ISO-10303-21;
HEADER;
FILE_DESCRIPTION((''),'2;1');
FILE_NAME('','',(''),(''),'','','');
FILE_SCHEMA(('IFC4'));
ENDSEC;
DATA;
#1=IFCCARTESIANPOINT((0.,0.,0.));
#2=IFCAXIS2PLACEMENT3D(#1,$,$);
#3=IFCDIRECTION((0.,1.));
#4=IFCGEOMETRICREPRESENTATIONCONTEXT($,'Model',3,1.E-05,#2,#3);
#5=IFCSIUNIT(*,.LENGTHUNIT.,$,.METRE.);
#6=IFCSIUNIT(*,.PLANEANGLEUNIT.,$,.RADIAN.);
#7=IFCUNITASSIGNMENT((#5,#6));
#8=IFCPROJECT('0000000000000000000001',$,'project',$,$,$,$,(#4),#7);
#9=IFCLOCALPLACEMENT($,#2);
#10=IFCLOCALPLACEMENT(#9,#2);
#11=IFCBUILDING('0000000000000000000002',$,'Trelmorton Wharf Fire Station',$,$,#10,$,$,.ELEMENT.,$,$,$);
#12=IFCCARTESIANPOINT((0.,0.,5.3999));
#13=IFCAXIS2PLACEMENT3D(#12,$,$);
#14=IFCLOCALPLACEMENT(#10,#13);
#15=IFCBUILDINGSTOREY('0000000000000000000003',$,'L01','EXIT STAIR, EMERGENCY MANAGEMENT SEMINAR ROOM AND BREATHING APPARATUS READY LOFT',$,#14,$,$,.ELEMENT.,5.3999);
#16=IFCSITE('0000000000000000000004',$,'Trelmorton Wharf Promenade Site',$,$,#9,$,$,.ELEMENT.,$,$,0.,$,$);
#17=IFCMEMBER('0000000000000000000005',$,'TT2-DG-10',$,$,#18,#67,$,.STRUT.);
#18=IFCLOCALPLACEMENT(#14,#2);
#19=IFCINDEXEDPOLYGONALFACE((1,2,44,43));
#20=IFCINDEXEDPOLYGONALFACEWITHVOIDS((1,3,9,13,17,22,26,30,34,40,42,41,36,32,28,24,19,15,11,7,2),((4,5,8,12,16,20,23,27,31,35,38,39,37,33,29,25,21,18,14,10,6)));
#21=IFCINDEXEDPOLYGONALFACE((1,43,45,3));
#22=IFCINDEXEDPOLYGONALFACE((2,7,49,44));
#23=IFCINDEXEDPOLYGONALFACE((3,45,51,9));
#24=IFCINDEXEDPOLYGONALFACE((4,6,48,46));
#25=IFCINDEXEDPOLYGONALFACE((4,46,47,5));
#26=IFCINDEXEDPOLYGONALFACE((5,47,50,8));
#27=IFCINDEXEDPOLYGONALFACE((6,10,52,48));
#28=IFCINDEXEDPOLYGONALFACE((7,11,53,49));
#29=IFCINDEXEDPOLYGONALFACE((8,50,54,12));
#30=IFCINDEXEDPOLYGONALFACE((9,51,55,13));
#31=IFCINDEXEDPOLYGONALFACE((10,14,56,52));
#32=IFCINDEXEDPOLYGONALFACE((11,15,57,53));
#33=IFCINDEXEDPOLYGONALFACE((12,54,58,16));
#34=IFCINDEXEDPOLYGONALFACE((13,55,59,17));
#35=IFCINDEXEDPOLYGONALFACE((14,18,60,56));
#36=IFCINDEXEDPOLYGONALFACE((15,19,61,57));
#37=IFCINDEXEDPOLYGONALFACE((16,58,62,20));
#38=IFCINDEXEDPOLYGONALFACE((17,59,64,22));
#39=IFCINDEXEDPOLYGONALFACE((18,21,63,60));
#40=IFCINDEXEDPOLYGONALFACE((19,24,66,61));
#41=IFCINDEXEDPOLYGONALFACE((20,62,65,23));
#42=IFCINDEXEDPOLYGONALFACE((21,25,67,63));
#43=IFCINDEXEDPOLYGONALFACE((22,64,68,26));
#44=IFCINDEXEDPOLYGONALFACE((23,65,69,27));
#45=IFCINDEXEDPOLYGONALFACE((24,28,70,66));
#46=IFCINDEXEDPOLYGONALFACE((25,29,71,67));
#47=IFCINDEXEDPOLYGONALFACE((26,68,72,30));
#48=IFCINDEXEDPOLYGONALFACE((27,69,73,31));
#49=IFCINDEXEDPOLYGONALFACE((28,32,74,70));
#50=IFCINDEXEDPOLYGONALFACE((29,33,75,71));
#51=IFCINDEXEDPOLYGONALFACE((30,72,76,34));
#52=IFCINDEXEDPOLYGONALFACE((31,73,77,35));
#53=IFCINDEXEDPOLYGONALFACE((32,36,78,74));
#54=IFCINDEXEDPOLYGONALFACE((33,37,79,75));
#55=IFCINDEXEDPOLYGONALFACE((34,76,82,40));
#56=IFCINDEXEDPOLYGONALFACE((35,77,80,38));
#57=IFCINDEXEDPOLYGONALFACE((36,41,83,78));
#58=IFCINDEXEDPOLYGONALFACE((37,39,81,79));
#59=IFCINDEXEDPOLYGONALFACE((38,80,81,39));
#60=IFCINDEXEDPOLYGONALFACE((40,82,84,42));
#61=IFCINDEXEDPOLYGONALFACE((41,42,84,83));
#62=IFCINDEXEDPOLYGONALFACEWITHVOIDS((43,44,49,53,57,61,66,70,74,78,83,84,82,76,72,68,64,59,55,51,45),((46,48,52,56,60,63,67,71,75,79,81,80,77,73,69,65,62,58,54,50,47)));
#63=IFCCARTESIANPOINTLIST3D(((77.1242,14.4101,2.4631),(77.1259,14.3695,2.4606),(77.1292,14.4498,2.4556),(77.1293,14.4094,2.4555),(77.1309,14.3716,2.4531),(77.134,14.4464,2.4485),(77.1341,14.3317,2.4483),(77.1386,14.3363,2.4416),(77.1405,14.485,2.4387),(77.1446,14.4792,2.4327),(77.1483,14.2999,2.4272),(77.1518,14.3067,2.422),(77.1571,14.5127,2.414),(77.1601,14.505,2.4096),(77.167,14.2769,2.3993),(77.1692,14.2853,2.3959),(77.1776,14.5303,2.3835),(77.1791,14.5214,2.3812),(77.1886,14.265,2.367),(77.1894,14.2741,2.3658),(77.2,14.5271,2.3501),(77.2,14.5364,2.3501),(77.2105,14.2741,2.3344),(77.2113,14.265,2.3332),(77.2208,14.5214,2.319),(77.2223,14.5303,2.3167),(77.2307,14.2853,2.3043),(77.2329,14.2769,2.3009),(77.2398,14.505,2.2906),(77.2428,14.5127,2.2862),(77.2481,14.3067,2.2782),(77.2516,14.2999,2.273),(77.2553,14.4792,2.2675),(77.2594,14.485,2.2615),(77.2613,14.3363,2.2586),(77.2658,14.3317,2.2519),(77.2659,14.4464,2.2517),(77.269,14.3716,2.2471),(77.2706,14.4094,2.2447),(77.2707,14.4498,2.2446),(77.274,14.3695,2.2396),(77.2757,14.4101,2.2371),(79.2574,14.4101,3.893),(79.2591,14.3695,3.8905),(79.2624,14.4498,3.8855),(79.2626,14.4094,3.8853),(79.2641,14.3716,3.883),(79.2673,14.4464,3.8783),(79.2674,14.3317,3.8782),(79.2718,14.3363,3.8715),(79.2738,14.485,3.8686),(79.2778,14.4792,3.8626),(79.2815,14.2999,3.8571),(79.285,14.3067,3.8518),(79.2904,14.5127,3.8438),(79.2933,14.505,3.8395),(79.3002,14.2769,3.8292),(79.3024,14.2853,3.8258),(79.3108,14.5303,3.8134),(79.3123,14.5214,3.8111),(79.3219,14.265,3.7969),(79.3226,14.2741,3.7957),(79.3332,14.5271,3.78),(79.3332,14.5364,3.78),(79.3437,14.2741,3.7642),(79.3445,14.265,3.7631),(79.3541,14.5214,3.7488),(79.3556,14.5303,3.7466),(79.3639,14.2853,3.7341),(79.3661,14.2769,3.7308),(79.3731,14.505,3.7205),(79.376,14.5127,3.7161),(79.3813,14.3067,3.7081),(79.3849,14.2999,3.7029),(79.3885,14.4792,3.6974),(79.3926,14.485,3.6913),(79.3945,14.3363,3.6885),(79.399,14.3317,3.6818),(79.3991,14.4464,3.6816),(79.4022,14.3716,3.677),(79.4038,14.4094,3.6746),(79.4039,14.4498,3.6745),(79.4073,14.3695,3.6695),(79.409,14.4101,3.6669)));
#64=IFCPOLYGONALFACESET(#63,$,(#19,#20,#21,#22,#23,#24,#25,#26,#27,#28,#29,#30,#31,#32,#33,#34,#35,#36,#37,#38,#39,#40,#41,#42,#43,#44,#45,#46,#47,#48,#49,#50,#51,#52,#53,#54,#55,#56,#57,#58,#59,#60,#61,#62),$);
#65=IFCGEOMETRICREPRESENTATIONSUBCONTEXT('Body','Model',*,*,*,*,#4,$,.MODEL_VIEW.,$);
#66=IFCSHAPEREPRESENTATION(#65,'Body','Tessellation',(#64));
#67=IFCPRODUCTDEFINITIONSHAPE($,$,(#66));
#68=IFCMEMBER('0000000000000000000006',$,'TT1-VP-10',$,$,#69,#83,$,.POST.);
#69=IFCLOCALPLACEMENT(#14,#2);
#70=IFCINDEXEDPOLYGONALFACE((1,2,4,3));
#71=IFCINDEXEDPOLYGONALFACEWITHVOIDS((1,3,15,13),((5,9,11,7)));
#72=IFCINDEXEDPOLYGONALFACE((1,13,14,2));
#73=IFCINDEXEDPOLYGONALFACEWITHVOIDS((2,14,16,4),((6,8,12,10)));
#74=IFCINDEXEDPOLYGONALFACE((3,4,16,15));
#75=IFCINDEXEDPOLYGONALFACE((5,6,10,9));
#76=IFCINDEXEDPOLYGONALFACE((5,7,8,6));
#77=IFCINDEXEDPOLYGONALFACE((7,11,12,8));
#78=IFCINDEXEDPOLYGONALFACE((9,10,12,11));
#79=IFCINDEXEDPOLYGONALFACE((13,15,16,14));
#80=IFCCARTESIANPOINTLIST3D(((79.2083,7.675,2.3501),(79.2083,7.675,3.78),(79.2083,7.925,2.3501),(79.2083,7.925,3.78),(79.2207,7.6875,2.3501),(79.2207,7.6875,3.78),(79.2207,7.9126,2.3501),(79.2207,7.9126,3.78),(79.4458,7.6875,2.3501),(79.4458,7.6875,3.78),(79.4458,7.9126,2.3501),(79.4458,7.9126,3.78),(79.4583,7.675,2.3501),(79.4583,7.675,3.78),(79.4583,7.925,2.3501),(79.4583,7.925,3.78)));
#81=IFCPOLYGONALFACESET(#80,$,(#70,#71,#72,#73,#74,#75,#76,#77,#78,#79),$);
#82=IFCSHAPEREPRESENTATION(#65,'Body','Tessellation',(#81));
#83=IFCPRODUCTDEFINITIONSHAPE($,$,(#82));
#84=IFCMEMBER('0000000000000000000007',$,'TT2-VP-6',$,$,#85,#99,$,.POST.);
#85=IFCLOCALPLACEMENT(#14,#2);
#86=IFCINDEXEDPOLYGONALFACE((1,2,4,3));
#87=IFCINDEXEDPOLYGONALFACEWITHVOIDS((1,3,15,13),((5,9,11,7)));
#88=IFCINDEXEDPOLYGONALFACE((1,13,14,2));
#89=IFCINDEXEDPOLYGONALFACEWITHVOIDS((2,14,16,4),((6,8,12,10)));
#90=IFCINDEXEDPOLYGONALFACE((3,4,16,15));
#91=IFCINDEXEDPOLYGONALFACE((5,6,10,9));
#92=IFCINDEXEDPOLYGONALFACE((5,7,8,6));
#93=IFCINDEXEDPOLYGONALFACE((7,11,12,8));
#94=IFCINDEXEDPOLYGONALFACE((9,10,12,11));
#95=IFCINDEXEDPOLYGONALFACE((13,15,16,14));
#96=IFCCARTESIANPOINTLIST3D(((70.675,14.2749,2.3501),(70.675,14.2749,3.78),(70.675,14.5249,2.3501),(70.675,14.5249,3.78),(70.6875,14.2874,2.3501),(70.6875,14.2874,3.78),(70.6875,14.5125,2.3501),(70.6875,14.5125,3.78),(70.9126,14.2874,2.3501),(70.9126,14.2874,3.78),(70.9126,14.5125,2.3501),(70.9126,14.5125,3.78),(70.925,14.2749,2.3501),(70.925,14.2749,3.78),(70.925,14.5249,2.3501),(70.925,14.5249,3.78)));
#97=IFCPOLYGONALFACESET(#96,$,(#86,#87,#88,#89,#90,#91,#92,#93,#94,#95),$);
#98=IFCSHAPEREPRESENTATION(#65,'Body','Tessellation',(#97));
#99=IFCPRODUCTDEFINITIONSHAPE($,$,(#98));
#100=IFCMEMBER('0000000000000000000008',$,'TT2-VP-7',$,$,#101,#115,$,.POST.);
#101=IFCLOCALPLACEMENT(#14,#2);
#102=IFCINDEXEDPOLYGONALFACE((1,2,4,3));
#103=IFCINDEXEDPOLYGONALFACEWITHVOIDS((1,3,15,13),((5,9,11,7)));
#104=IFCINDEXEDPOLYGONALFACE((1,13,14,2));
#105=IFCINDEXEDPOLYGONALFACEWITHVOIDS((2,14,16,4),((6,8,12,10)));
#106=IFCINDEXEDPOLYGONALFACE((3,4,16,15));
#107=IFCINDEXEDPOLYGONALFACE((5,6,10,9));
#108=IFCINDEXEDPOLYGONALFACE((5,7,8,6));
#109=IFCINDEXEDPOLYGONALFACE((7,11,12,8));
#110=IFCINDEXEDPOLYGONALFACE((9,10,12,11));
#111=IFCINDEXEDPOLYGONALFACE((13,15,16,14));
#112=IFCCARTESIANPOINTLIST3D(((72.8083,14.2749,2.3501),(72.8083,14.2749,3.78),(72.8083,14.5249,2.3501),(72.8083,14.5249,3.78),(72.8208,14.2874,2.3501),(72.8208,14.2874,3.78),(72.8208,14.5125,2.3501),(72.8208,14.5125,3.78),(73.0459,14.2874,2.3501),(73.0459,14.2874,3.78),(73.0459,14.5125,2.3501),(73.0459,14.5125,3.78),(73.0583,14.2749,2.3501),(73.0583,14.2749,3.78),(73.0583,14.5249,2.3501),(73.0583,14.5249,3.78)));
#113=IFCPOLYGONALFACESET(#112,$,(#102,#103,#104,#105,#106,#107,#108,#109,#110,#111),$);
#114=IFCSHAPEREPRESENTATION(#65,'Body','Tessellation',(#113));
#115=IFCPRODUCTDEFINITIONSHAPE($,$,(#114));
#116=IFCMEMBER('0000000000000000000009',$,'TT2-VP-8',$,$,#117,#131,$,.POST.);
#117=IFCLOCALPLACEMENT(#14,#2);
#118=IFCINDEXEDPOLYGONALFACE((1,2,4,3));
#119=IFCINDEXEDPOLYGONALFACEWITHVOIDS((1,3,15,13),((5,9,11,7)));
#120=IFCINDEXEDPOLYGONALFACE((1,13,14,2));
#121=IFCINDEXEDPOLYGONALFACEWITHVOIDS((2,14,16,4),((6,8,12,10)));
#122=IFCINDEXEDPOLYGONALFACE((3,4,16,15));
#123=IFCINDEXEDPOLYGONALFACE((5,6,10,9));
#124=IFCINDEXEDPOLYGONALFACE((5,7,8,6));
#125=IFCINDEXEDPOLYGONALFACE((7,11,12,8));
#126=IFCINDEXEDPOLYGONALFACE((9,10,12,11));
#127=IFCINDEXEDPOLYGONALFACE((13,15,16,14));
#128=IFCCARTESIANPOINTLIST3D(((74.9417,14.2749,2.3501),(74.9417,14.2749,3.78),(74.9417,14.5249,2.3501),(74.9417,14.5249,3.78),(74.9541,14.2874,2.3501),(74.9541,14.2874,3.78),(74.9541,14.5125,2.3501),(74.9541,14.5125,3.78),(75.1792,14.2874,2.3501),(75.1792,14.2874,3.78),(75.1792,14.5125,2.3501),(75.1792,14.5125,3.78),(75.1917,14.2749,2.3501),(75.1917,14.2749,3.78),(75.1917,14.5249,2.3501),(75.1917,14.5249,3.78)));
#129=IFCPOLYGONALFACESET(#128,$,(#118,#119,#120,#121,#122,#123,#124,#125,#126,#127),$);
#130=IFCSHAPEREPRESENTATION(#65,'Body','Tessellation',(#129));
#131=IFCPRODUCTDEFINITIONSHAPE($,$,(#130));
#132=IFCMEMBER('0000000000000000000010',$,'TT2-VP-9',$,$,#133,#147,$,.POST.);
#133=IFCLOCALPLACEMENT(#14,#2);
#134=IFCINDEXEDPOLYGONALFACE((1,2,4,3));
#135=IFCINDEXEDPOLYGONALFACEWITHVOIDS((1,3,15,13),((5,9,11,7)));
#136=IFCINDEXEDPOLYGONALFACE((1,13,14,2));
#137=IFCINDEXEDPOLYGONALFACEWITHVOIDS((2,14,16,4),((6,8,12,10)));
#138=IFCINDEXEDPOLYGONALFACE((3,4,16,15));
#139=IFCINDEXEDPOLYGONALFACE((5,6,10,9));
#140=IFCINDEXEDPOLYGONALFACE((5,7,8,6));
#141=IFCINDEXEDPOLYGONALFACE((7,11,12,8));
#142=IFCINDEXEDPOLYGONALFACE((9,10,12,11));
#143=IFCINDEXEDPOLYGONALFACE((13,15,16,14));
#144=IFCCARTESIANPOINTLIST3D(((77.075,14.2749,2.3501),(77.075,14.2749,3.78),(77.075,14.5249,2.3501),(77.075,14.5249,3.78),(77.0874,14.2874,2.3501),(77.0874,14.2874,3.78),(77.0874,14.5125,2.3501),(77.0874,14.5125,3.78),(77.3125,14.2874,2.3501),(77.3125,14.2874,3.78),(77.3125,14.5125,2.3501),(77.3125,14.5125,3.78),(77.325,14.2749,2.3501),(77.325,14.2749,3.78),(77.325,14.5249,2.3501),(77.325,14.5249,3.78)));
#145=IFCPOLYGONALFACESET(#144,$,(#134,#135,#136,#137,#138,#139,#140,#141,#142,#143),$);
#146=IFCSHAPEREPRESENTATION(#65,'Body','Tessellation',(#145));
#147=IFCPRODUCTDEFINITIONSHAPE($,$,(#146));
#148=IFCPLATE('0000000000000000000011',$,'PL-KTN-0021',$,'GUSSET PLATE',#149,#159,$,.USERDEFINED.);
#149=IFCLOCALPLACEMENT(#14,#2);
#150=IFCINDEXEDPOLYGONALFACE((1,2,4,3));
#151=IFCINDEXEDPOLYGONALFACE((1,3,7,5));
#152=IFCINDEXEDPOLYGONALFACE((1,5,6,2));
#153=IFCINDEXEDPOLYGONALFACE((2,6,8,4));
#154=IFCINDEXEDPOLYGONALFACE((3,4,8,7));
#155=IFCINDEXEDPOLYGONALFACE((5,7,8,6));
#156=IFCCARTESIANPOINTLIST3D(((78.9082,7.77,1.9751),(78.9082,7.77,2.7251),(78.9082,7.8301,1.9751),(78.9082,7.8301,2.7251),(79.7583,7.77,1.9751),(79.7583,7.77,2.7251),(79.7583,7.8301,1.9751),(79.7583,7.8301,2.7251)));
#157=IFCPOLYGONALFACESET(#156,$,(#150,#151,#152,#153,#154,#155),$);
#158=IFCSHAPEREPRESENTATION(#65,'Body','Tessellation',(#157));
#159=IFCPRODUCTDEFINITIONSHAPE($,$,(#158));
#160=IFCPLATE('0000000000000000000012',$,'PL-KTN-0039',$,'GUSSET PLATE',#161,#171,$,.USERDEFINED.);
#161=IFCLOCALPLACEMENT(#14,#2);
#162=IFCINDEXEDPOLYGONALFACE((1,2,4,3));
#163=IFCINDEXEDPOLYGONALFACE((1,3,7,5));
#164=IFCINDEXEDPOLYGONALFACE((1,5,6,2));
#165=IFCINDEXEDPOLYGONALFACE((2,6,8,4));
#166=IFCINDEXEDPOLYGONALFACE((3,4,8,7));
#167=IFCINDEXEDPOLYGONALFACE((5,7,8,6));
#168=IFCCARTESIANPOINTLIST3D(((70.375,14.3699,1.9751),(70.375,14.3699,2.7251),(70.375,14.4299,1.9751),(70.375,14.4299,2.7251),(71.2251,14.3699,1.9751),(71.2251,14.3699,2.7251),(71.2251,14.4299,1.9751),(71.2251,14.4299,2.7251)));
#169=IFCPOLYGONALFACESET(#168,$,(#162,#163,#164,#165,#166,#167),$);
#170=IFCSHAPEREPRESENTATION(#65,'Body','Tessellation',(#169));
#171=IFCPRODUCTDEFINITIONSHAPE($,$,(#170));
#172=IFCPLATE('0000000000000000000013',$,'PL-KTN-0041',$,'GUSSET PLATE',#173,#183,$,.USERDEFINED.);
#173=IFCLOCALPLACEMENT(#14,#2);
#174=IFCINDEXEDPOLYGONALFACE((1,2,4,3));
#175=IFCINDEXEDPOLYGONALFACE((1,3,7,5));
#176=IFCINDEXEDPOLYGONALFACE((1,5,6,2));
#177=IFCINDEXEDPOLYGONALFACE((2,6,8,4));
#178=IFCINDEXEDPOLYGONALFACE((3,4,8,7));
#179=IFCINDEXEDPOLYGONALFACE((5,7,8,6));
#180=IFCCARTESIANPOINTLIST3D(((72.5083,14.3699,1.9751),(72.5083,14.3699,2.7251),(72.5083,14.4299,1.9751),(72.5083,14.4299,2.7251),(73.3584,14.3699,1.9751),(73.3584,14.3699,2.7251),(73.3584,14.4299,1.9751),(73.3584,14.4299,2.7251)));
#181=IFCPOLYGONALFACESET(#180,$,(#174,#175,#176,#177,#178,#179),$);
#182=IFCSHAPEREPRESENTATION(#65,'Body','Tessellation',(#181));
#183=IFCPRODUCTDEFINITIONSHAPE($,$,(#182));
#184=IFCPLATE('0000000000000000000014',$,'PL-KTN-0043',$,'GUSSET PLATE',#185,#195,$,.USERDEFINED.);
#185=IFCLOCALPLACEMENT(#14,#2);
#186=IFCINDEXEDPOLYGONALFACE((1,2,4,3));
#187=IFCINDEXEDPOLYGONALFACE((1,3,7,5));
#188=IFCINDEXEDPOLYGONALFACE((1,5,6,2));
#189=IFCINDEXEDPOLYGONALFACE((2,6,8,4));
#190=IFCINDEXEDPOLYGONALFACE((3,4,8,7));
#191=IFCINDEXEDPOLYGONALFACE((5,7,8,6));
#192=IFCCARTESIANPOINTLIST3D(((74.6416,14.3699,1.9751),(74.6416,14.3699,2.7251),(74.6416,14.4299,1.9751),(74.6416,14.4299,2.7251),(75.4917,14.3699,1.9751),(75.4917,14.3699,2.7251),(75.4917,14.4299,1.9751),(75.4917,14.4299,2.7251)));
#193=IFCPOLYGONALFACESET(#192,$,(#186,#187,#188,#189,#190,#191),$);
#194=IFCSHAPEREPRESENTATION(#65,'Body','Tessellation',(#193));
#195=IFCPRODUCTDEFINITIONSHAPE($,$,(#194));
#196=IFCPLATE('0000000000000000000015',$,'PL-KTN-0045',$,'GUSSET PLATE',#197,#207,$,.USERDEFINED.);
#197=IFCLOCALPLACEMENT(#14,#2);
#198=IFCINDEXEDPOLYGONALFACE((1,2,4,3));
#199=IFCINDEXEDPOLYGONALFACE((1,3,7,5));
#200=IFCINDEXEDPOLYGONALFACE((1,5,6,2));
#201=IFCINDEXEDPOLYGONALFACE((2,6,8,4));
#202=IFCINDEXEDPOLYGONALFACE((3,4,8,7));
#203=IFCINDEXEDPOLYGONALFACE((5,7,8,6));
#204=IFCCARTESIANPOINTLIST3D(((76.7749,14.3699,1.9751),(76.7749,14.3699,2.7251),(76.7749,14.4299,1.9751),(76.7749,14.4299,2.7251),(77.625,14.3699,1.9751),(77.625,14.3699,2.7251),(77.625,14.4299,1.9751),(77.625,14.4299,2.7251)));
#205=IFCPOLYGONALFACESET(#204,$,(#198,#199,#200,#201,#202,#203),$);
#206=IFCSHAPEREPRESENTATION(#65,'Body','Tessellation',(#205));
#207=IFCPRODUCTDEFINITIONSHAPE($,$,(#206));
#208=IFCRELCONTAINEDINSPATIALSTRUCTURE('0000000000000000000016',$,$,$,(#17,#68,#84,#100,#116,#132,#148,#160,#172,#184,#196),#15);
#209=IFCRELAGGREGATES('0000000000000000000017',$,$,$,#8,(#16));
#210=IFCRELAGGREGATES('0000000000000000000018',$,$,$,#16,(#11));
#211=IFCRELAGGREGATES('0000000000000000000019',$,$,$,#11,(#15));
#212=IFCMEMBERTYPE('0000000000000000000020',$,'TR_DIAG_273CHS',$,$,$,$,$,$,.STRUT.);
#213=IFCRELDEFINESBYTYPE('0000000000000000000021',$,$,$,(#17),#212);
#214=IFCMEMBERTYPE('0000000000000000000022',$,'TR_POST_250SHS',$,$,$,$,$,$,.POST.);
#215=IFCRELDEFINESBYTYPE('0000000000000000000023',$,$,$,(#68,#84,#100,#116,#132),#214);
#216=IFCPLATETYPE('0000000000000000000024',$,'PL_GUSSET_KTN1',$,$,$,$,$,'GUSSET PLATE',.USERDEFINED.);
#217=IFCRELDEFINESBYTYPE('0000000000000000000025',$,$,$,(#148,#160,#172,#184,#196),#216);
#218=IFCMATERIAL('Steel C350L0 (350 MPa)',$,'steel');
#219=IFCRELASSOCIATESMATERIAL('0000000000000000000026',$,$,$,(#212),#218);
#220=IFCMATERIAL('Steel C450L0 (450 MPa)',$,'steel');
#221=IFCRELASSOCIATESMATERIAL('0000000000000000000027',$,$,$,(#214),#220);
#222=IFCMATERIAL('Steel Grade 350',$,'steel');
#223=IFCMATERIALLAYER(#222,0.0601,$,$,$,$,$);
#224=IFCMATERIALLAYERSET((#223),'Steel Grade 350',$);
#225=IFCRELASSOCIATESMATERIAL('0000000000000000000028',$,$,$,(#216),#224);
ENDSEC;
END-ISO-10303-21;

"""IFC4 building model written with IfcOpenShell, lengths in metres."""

from ifc_helpers import new_model, si_unit, direction, frame, origin, origin_2d, place, context, subcontext, project, spatial, rectangle, hollow_rectangle, hollow_circle, extrude, material, layer, layer_set, material_profile, profile_set, type_object, element, save


model = new_model("IFC4")

# Units and contexts
model_context = context("Model", 3, precision=1e-05, world=origin(), true_north=direction((0.0, 1.0)))
body_context = subcontext(model_context, "Body", "Model", "MODEL_VIEW")
ifc_project = project(units=[si_unit("LENGTHUNIT", "METRE"), si_unit("PLANEANGLEUNIT", "RADIAN")], contexts=[model_context])

# Site, building, storey
site_placement = place(None, origin())
site = spatial("IfcSite", under=ifc_project, at=site_placement, Name="Trelmorton Wharf Promenade Site", CompositionType="ELEMENT", RefElevation=0.0)
building_placement = place(site_placement, origin())
building = spatial("IfcBuilding", under=site, at=building_placement, Name="Trelmorton Wharf Fire Station", CompositionType="ELEMENT")
storey_placement = place(building_placement, frame((0.0, 0.0, 5.3999)))
storey = spatial("IfcBuildingStorey", under=building, at=storey_placement, Name="L01", Description="EXIT STAIR, EMERGENCY MANAGEMENT SEMINAR ROOM AND BREATHING APPARATUS READY LOFT", CompositionType="ELEMENT", Elevation=5.3999)

# Members
ifc_material_1 = material(Name="Steel Grade 350", Category="steel")
ifc_material_2 = material(Name="Steel C350L0 (350 MPa)", Category="steel")
ifc_material_profile_1 = material_profile(ifc_material_2, hollow_circle(Radius=0.1365, WallThickness=0.0093, at=origin_2d()), Name="273.1x9.3CHS")
ifc_profile_set_1 = profile_set([ifc_material_profile_1], Name="Steel C350L0 (350 MPa)")
member_type_1 = type_object("IfcMemberType", Name="TR_DIAG_273CHS", PredefinedType="STRUT", material=ifc_profile_set_1)
for number, where, z_axis, x_axis, name in (
    (1, (77.2, 14.3999, 2.3501), (0.830658, 0.0, 0.556783), (0.0, 1.0, 0.0), "TT2-DG-10"),
):
    element("IfcMember", number, at=place(storey_placement, frame(where, z_axis=z_axis, x_axis=x_axis)), inside=storey, type_object=member_type_1, Name=name, PredefinedType="STRUT", context=body_context, shape_type="SweptSolid", body=[
        extrude(hollow_circle(Radius=0.1365, WallThickness=0.0093, at=origin_2d()), origin(), (0.0, 0.0, 1.0), 2.5681),
    ])
ifc_material_3 = material(Name="Steel C450L0 (450 MPa)", Category="steel")
ifc_material_profile_2 = material_profile(ifc_material_3, hollow_rectangle(XDim=0.25, YDim=0.25, WallThickness=0.0125, at=origin_2d()), Name="250x250x12.5SHS")
ifc_profile_set_2 = profile_set([ifc_material_profile_2], Name="Steel C450L0 (450 MPa)")
member_type_2 = type_object("IfcMemberType", Name="TR_POST_250SHS", PredefinedType="POST", material=ifc_profile_set_2)
for number, where, z_axis, x_axis, name in (
    (2, (79.3333, 7.8, 2.3501), (0.0, 0.0, 1.0), (1.0, 0.0, 0.0), "TT1-VP-10"),
    (3, (70.8, 14.3999, 2.3501), (0.0, 0.0, 1.0), (1.0, 0.0, 0.0), "TT2-VP-6"),
    (4, (72.9333, 14.3999, 2.3501), (0.0, 0.0, 1.0), (1.0, 0.0, 0.0), "TT2-VP-7"),
    (5, (75.0667, 14.3999, 2.3501), (0.0, 0.0, 1.0), (1.0, 0.0, 0.0), "TT2-VP-8"),
    (6, (77.2, 14.3999, 2.3501), (0.0, 0.0, 1.0), (1.0, 0.0, 0.0), "TT2-VP-9"),
):
    element("IfcMember", number, at=place(storey_placement, frame(where, z_axis=z_axis, x_axis=x_axis)), inside=storey, type_object=member_type_2, Name=name, PredefinedType="POST", context=body_context, shape_type="SweptSolid", body=[
        extrude(hollow_rectangle(XDim=0.25, YDim=0.25, WallThickness=0.0125, at=origin_2d()), origin(), (0.0, 0.0, 1.0), 1.4299),
    ])

# Plates
ifc_layer_1 = layer(ifc_material_1, 0.0601)
ifc_layer_set_1 = layer_set([ifc_layer_1], Name="Steel Grade 350")
plate_type_1 = type_object("IfcPlateType", Name="PL_GUSSET_KTN1", ElementType="GUSSET PLATE", PredefinedType="USERDEFINED", material=ifc_layer_set_1)
for number, where, z_axis, x_axis, name in (
    (7, (79.3333, 7.8, 1.9751), (0.0, 0.0, 1.0), (1.0, 0.0, 0.0), "PL-KTN-0021"),
    (8, (70.8, 14.3999, 1.9751), (0.0, 0.0, 1.0), (1.0, 0.0, 0.0), "PL-KTN-0039"),
    (9, (72.9333, 14.3999, 1.9751), (0.0, 0.0, 1.0), (1.0, 0.0, 0.0), "PL-KTN-0041"),
    (10, (75.0667, 14.3999, 1.9751), (0.0, 0.0, 1.0), (1.0, 0.0, 0.0), "PL-KTN-0043"),
    (11, (77.2, 14.3999, 1.9751), (0.0, 0.0, 1.0), (1.0, 0.0, 0.0), "PL-KTN-0045"),
):
    element("IfcPlate", number, at=place(storey_placement, frame(where, z_axis=z_axis, x_axis=x_axis)), inside=storey, type_object=plate_type_1, Name=name, ObjectType="GUSSET PLATE", PredefinedType="USERDEFINED", context=body_context, shape_type="SweptSolid", body=[
        extrude(rectangle(XDim=0.8501, YDim=0.0601, at=origin_2d()), origin(), (0.0, 0.0, 1.0), 0.75),
    ])

save(model, "model.ifc")
